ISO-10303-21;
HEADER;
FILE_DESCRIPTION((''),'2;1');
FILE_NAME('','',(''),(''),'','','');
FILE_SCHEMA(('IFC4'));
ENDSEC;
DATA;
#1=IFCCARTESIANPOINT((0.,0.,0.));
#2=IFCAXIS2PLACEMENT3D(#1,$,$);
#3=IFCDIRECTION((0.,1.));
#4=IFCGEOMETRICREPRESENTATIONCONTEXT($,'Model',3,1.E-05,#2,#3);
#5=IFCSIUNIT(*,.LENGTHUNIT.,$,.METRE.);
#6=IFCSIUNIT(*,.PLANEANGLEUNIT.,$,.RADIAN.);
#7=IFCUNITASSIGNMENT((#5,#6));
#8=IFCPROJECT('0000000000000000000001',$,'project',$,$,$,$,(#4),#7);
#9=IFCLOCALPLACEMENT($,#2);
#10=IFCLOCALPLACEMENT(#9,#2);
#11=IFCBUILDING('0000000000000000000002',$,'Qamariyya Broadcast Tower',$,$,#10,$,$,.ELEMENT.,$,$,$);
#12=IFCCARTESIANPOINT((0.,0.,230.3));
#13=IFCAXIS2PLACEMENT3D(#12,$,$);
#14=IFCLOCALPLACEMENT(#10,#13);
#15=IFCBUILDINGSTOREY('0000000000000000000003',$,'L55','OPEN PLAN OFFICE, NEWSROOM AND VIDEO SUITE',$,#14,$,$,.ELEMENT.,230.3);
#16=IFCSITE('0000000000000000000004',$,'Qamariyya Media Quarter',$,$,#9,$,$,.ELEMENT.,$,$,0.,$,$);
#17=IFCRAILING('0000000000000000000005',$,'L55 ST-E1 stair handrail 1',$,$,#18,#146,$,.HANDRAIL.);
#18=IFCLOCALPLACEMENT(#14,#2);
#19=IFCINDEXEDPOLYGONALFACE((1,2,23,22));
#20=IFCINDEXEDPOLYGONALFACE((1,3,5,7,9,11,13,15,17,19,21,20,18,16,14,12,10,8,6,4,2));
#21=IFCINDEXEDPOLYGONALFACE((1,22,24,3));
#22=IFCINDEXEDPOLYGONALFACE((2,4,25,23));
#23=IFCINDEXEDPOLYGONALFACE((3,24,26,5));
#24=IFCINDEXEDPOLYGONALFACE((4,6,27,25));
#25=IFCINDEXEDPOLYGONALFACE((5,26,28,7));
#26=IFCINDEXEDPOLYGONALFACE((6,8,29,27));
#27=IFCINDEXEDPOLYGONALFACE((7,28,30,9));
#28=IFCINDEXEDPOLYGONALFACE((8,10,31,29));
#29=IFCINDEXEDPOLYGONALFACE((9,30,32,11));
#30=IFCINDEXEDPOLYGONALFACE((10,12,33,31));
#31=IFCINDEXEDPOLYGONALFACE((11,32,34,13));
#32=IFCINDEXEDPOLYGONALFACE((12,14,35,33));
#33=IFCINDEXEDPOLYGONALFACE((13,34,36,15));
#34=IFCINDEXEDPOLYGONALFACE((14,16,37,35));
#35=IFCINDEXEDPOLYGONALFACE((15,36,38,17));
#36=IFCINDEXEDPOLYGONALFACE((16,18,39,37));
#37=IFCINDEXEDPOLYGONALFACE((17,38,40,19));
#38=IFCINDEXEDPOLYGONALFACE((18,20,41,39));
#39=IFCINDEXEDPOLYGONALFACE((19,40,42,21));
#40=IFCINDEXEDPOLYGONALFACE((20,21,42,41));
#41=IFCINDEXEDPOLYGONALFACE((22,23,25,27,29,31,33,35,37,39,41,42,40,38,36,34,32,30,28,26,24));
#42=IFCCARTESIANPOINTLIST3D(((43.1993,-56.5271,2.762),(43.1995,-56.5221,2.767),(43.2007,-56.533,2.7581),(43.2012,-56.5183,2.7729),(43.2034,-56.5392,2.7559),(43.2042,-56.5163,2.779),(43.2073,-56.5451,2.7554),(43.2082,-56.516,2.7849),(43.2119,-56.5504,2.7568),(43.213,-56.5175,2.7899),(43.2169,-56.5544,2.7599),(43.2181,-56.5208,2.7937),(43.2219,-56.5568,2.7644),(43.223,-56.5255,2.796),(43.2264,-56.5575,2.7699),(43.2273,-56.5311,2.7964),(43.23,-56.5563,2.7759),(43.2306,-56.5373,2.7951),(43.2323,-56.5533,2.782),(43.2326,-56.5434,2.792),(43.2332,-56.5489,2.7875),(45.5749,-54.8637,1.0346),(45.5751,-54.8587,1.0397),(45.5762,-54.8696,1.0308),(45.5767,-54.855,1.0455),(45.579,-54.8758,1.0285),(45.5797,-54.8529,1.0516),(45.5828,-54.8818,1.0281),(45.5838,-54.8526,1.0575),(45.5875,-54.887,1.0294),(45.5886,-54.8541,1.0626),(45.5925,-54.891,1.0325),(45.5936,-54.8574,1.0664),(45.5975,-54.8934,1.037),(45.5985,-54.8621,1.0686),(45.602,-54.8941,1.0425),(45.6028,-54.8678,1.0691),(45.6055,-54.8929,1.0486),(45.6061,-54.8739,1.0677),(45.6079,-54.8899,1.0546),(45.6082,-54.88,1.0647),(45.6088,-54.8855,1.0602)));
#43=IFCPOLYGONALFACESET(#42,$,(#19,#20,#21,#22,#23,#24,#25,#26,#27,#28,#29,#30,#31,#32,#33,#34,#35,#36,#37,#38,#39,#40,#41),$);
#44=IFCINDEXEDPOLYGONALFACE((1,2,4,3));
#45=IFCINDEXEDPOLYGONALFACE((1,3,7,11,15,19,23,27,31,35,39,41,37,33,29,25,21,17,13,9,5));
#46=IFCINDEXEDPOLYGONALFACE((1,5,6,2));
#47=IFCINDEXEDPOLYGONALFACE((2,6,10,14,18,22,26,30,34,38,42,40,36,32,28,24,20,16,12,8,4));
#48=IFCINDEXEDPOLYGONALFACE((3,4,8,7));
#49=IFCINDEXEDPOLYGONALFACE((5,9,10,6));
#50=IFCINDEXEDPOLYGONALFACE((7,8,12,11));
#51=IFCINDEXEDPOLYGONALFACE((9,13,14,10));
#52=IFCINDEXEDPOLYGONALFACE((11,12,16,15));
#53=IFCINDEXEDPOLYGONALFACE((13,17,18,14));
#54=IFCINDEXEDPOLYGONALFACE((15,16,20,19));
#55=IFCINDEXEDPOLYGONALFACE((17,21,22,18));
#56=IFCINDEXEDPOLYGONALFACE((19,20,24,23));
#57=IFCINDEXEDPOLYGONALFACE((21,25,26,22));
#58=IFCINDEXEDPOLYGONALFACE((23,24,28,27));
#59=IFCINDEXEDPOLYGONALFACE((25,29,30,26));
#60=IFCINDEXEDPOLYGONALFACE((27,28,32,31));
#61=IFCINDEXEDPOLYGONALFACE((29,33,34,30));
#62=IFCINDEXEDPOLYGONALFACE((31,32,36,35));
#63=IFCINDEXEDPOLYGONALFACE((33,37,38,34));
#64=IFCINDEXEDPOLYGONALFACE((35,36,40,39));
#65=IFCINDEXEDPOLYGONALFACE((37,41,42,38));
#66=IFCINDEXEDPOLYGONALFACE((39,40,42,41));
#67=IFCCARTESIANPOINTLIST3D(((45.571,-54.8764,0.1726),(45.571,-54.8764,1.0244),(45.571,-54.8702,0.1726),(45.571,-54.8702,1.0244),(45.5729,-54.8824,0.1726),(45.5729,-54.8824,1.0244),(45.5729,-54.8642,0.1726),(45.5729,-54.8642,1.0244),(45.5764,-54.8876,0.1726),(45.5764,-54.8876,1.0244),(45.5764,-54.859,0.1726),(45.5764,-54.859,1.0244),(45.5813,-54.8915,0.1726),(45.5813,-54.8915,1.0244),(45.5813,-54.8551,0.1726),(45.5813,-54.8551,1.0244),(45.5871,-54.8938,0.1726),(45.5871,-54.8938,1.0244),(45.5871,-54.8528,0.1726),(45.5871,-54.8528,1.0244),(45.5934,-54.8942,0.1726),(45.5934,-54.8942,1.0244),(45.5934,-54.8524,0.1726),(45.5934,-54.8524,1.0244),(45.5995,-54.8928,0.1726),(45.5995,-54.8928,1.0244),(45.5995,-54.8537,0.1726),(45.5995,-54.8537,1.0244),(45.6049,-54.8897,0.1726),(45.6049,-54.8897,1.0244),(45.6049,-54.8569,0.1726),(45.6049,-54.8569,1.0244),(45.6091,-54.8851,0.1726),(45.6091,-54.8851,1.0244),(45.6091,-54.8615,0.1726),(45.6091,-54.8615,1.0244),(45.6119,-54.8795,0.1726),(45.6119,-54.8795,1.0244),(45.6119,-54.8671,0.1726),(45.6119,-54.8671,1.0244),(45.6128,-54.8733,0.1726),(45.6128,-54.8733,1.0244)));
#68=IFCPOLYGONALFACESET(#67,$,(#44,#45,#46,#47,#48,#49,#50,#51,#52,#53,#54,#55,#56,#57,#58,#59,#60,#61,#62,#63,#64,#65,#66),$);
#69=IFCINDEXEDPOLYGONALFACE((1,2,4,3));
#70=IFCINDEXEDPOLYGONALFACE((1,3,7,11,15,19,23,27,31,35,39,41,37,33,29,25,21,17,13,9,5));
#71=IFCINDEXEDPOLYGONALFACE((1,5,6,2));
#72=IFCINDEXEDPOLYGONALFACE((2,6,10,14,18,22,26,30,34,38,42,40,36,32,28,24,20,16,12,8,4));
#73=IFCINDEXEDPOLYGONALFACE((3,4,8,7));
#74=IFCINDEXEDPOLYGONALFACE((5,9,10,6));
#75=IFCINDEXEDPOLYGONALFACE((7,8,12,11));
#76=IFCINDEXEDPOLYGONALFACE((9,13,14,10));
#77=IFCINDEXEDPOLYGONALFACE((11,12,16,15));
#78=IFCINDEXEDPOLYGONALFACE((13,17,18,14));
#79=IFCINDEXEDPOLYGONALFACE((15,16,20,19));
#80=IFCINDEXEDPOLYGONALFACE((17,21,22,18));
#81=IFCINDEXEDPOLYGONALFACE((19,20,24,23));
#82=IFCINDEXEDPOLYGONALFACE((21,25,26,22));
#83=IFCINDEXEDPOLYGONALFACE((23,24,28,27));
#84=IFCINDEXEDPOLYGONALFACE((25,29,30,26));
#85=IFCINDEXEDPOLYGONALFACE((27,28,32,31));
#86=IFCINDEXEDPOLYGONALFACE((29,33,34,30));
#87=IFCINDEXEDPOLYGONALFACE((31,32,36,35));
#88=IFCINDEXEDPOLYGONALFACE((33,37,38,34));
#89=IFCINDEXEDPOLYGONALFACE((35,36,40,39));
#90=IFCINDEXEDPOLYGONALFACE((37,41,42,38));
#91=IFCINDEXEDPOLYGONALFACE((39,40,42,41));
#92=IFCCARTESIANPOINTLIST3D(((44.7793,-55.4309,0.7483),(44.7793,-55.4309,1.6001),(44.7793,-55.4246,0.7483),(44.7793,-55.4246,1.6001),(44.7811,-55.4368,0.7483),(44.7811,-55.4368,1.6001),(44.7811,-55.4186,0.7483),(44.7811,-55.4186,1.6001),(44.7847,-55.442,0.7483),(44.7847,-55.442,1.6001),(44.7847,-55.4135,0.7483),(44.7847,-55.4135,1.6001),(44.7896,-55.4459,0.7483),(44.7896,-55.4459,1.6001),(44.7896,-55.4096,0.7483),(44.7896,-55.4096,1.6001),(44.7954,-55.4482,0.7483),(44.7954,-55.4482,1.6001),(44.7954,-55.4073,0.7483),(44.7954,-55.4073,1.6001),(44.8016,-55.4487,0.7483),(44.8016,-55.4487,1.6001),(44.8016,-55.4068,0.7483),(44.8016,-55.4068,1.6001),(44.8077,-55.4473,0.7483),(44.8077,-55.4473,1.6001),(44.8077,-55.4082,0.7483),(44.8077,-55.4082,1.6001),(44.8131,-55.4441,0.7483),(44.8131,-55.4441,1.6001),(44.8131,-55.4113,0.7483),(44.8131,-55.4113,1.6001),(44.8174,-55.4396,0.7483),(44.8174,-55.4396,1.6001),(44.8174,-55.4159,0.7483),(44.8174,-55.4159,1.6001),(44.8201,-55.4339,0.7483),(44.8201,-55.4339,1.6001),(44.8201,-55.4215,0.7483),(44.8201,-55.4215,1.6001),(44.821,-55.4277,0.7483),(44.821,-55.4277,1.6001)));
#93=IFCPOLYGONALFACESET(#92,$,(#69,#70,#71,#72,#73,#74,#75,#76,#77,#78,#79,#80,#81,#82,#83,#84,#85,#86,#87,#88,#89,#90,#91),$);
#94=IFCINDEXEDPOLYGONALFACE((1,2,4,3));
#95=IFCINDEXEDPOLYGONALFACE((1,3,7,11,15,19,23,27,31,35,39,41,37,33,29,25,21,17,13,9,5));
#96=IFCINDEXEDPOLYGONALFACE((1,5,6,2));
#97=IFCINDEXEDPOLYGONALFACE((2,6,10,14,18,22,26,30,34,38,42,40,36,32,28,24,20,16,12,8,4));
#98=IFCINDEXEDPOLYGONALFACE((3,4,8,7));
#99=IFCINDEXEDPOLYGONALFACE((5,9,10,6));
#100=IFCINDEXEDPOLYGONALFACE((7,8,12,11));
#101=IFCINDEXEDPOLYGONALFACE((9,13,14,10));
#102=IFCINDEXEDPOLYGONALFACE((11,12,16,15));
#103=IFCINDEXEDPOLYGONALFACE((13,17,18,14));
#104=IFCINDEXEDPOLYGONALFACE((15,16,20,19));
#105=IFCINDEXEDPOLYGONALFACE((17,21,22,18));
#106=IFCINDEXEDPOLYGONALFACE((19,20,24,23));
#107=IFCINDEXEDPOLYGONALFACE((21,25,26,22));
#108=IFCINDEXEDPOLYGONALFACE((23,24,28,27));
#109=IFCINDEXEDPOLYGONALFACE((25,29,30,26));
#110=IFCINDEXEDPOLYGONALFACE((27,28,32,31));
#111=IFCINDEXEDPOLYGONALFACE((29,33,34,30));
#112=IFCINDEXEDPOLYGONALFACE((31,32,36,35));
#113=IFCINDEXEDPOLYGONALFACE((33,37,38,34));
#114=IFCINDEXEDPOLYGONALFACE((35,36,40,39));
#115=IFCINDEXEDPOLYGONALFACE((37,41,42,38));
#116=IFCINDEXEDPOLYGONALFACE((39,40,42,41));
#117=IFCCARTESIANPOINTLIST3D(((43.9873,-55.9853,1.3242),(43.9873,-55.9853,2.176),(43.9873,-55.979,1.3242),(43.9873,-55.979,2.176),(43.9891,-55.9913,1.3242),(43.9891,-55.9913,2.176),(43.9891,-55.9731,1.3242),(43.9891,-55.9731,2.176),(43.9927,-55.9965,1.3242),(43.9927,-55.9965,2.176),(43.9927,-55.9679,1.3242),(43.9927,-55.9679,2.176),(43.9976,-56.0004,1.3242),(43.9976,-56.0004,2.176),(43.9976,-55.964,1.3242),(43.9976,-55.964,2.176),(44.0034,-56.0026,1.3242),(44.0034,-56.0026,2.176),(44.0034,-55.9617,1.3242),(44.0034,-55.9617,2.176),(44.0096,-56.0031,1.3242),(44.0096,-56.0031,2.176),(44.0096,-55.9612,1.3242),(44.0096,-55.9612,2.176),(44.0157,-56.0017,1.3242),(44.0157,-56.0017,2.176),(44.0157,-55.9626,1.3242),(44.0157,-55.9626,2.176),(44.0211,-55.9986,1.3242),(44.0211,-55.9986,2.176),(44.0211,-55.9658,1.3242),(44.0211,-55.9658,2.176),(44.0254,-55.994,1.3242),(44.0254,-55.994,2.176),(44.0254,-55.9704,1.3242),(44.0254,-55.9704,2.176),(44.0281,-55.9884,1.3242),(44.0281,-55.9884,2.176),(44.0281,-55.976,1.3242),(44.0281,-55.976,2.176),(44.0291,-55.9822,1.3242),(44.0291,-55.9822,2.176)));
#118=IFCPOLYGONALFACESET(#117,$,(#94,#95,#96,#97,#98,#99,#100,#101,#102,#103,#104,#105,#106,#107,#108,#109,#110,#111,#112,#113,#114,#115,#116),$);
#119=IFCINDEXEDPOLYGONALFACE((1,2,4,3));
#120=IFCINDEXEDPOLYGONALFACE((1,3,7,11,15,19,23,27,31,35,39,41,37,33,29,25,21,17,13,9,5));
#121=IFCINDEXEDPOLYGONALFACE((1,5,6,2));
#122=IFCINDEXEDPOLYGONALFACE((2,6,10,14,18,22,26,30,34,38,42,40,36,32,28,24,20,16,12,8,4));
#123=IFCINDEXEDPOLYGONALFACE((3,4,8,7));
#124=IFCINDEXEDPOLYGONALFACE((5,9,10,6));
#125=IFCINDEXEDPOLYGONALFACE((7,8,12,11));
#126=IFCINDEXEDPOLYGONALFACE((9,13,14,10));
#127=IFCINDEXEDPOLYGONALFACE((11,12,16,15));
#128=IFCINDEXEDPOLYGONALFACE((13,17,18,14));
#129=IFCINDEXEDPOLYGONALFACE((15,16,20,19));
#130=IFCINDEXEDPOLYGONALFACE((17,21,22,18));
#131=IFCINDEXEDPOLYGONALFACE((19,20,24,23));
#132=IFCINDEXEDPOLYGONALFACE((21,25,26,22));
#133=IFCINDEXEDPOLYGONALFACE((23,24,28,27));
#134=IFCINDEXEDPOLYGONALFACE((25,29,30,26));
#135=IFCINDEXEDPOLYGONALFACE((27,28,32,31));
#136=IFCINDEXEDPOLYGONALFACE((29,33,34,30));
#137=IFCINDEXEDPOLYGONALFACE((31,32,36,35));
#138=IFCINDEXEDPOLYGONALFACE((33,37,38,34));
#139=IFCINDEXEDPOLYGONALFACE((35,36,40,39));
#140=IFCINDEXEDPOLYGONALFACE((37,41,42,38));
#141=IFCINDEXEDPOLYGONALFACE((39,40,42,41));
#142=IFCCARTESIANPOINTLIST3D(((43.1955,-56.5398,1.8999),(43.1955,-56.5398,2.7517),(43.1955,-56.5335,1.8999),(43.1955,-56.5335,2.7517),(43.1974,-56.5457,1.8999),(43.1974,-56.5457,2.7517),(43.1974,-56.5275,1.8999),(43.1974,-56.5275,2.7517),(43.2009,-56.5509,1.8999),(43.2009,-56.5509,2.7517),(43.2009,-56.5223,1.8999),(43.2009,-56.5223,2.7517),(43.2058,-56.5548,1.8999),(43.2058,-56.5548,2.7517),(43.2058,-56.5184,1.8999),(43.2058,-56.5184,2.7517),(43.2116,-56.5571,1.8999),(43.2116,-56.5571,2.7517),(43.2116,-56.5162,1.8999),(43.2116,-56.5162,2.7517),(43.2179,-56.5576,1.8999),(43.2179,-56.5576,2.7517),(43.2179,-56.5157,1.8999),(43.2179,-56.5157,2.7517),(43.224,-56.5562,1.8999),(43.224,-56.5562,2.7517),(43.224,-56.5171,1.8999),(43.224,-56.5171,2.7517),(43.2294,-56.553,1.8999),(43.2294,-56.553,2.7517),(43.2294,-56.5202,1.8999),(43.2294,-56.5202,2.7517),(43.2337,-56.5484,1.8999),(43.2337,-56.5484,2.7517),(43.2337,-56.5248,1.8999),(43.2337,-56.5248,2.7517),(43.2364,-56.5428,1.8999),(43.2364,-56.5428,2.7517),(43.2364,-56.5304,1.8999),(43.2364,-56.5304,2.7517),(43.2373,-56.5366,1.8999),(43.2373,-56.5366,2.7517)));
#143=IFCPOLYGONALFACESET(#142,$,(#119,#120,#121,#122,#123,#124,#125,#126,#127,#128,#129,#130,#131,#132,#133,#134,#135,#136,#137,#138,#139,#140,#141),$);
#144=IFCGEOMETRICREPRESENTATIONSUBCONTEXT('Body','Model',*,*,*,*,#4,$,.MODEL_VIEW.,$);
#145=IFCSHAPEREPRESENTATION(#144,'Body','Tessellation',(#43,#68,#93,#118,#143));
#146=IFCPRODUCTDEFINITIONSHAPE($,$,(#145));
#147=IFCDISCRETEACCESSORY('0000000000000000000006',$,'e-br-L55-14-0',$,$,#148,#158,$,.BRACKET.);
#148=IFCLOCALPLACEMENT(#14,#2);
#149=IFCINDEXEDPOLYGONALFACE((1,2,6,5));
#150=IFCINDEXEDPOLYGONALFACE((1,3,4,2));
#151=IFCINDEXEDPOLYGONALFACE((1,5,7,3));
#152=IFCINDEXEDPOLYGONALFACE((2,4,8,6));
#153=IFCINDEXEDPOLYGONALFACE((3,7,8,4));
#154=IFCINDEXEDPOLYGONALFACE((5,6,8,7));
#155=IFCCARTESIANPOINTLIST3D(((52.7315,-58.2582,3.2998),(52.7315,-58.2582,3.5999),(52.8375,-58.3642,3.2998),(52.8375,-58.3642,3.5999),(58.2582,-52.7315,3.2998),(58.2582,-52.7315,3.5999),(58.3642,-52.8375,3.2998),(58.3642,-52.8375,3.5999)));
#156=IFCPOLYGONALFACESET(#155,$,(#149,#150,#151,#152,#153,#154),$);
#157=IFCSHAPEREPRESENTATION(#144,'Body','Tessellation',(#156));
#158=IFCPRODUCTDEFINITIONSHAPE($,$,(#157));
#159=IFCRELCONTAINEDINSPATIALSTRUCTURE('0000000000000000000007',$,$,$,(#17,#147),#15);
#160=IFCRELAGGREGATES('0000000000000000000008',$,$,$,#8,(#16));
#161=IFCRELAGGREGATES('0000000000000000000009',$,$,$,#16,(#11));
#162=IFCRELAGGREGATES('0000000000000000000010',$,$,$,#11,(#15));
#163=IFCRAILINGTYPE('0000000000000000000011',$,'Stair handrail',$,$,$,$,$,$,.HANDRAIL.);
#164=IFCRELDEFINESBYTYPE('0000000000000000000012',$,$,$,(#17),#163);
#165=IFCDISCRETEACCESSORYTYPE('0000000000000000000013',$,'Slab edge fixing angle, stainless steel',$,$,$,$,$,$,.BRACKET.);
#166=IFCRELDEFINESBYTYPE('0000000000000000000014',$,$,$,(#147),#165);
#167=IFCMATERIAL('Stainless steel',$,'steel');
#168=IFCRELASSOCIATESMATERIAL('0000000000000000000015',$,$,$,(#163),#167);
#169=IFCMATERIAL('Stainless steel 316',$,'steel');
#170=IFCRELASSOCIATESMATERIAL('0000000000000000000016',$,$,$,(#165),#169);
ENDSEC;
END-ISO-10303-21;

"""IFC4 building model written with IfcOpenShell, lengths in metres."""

from ifc_helpers import new_model, si_unit, direction, frame, origin, origin_2d, place, context, subcontext, project, spatial, rectangle, circle, extrude, material, type_object, element, save


model = new_model("IFC4")

# Units and contexts
model_context = context("Model", 3, precision=1e-05, world=origin(), true_north=direction((0.0, 1.0)))
body_context = subcontext(model_context, "Body", "Model", "MODEL_VIEW")
ifc_project = project(units=[si_unit("LENGTHUNIT", "METRE"), si_unit("PLANEANGLEUNIT", "RADIAN")], contexts=[model_context])

# Site, building, storey
site_placement = place(None, origin())
site = spatial("IfcSite", under=ifc_project, at=site_placement, Name="Qamariyya Media Quarter", CompositionType="ELEMENT", RefElevation=0.0)
building_placement = place(site_placement, origin())
building = spatial("IfcBuilding", under=site, at=building_placement, Name="Qamariyya Broadcast Tower", CompositionType="ELEMENT")
storey_placement = place(building_placement, frame((0.0, 0.0, 230.3)))
storey = spatial("IfcBuildingStorey", under=building, at=storey_placement, Name="L55", Description="OPEN PLAN OFFICE, NEWSROOM AND VIDEO SUITE", CompositionType="ELEMENT", Elevation=230.3)

# Railing
ifc_material_1 = material(Name="Stainless steel", Category="steel")
railing_type = type_object("IfcRailingType", Name="Stair handrail", PredefinedType="HANDRAIL", material=ifc_material_1)
railing_placement = place(storey_placement, frame((45.5918, -54.8733, 0.1726)))
element("IfcRailing", 1, at=railing_placement, inside=storey, type_object=railing_type, Name="L55 ST-E1 stair handrail 1", PredefinedType="HANDRAIL", context=body_context, shape_type="SweptSolid", body=[
    extrude(circle(Radius=0.0239, at=origin_2d()), frame((0.0, 0.0, 0.876), z_axis=(-0.70377, -0.492784, 0.511734), x_axis=(0.573575, -0.819153, 0.0)), (0.0, 0.0, 1.0), 3.3755),
    extrude(circle(Radius=0.021, at=origin_2d()), origin(), (0.0, 0.0, 1.0), 0.8518),
    extrude(circle(Radius=0.021, at=origin_2d()), frame((-0.7917, -0.5544, 0.5757)), (0.0, 0.0, 1.0), 0.8518),
    extrude(circle(Radius=0.021, at=origin_2d()), frame((-1.5837, -1.1089, 1.1516)), (0.0, 0.0, 1.0), 0.8518),
    extrude(circle(Radius=0.021, at=origin_2d()), frame((-2.3755, -1.6633, 1.7273)), (0.0, 0.0, 1.0), 0.8518),
])

# Discrete accessory
ifc_material_2 = material(Name="Stainless steel 316", Category="steel")
discrete_accessory_type = type_object("IfcDiscreteAccessoryType", Name="Slab edge fixing angle, stainless steel", PredefinedType="BRACKET", material=ifc_material_2)
discrete_accessory_placement = place(storey_placement, frame((55.5479, -55.5479, 3.2998), z_axis=(0.0, 0.0, 1.0), x_axis=(0.707107, 0.707107, 0.0)))
element("IfcDiscreteAccessory", 2, at=discrete_accessory_placement, inside=storey, type_object=discrete_accessory_type, Name="e-br-L55-14-0", PredefinedType="BRACKET", context=body_context, shape_type="SweptSolid", body=[
    extrude(rectangle(XDim=7.8159, YDim=0.1499, at=origin_2d()), origin(), (0.0, 0.0, 1.0), 0.3),
])

save(model, "model.ifc")
